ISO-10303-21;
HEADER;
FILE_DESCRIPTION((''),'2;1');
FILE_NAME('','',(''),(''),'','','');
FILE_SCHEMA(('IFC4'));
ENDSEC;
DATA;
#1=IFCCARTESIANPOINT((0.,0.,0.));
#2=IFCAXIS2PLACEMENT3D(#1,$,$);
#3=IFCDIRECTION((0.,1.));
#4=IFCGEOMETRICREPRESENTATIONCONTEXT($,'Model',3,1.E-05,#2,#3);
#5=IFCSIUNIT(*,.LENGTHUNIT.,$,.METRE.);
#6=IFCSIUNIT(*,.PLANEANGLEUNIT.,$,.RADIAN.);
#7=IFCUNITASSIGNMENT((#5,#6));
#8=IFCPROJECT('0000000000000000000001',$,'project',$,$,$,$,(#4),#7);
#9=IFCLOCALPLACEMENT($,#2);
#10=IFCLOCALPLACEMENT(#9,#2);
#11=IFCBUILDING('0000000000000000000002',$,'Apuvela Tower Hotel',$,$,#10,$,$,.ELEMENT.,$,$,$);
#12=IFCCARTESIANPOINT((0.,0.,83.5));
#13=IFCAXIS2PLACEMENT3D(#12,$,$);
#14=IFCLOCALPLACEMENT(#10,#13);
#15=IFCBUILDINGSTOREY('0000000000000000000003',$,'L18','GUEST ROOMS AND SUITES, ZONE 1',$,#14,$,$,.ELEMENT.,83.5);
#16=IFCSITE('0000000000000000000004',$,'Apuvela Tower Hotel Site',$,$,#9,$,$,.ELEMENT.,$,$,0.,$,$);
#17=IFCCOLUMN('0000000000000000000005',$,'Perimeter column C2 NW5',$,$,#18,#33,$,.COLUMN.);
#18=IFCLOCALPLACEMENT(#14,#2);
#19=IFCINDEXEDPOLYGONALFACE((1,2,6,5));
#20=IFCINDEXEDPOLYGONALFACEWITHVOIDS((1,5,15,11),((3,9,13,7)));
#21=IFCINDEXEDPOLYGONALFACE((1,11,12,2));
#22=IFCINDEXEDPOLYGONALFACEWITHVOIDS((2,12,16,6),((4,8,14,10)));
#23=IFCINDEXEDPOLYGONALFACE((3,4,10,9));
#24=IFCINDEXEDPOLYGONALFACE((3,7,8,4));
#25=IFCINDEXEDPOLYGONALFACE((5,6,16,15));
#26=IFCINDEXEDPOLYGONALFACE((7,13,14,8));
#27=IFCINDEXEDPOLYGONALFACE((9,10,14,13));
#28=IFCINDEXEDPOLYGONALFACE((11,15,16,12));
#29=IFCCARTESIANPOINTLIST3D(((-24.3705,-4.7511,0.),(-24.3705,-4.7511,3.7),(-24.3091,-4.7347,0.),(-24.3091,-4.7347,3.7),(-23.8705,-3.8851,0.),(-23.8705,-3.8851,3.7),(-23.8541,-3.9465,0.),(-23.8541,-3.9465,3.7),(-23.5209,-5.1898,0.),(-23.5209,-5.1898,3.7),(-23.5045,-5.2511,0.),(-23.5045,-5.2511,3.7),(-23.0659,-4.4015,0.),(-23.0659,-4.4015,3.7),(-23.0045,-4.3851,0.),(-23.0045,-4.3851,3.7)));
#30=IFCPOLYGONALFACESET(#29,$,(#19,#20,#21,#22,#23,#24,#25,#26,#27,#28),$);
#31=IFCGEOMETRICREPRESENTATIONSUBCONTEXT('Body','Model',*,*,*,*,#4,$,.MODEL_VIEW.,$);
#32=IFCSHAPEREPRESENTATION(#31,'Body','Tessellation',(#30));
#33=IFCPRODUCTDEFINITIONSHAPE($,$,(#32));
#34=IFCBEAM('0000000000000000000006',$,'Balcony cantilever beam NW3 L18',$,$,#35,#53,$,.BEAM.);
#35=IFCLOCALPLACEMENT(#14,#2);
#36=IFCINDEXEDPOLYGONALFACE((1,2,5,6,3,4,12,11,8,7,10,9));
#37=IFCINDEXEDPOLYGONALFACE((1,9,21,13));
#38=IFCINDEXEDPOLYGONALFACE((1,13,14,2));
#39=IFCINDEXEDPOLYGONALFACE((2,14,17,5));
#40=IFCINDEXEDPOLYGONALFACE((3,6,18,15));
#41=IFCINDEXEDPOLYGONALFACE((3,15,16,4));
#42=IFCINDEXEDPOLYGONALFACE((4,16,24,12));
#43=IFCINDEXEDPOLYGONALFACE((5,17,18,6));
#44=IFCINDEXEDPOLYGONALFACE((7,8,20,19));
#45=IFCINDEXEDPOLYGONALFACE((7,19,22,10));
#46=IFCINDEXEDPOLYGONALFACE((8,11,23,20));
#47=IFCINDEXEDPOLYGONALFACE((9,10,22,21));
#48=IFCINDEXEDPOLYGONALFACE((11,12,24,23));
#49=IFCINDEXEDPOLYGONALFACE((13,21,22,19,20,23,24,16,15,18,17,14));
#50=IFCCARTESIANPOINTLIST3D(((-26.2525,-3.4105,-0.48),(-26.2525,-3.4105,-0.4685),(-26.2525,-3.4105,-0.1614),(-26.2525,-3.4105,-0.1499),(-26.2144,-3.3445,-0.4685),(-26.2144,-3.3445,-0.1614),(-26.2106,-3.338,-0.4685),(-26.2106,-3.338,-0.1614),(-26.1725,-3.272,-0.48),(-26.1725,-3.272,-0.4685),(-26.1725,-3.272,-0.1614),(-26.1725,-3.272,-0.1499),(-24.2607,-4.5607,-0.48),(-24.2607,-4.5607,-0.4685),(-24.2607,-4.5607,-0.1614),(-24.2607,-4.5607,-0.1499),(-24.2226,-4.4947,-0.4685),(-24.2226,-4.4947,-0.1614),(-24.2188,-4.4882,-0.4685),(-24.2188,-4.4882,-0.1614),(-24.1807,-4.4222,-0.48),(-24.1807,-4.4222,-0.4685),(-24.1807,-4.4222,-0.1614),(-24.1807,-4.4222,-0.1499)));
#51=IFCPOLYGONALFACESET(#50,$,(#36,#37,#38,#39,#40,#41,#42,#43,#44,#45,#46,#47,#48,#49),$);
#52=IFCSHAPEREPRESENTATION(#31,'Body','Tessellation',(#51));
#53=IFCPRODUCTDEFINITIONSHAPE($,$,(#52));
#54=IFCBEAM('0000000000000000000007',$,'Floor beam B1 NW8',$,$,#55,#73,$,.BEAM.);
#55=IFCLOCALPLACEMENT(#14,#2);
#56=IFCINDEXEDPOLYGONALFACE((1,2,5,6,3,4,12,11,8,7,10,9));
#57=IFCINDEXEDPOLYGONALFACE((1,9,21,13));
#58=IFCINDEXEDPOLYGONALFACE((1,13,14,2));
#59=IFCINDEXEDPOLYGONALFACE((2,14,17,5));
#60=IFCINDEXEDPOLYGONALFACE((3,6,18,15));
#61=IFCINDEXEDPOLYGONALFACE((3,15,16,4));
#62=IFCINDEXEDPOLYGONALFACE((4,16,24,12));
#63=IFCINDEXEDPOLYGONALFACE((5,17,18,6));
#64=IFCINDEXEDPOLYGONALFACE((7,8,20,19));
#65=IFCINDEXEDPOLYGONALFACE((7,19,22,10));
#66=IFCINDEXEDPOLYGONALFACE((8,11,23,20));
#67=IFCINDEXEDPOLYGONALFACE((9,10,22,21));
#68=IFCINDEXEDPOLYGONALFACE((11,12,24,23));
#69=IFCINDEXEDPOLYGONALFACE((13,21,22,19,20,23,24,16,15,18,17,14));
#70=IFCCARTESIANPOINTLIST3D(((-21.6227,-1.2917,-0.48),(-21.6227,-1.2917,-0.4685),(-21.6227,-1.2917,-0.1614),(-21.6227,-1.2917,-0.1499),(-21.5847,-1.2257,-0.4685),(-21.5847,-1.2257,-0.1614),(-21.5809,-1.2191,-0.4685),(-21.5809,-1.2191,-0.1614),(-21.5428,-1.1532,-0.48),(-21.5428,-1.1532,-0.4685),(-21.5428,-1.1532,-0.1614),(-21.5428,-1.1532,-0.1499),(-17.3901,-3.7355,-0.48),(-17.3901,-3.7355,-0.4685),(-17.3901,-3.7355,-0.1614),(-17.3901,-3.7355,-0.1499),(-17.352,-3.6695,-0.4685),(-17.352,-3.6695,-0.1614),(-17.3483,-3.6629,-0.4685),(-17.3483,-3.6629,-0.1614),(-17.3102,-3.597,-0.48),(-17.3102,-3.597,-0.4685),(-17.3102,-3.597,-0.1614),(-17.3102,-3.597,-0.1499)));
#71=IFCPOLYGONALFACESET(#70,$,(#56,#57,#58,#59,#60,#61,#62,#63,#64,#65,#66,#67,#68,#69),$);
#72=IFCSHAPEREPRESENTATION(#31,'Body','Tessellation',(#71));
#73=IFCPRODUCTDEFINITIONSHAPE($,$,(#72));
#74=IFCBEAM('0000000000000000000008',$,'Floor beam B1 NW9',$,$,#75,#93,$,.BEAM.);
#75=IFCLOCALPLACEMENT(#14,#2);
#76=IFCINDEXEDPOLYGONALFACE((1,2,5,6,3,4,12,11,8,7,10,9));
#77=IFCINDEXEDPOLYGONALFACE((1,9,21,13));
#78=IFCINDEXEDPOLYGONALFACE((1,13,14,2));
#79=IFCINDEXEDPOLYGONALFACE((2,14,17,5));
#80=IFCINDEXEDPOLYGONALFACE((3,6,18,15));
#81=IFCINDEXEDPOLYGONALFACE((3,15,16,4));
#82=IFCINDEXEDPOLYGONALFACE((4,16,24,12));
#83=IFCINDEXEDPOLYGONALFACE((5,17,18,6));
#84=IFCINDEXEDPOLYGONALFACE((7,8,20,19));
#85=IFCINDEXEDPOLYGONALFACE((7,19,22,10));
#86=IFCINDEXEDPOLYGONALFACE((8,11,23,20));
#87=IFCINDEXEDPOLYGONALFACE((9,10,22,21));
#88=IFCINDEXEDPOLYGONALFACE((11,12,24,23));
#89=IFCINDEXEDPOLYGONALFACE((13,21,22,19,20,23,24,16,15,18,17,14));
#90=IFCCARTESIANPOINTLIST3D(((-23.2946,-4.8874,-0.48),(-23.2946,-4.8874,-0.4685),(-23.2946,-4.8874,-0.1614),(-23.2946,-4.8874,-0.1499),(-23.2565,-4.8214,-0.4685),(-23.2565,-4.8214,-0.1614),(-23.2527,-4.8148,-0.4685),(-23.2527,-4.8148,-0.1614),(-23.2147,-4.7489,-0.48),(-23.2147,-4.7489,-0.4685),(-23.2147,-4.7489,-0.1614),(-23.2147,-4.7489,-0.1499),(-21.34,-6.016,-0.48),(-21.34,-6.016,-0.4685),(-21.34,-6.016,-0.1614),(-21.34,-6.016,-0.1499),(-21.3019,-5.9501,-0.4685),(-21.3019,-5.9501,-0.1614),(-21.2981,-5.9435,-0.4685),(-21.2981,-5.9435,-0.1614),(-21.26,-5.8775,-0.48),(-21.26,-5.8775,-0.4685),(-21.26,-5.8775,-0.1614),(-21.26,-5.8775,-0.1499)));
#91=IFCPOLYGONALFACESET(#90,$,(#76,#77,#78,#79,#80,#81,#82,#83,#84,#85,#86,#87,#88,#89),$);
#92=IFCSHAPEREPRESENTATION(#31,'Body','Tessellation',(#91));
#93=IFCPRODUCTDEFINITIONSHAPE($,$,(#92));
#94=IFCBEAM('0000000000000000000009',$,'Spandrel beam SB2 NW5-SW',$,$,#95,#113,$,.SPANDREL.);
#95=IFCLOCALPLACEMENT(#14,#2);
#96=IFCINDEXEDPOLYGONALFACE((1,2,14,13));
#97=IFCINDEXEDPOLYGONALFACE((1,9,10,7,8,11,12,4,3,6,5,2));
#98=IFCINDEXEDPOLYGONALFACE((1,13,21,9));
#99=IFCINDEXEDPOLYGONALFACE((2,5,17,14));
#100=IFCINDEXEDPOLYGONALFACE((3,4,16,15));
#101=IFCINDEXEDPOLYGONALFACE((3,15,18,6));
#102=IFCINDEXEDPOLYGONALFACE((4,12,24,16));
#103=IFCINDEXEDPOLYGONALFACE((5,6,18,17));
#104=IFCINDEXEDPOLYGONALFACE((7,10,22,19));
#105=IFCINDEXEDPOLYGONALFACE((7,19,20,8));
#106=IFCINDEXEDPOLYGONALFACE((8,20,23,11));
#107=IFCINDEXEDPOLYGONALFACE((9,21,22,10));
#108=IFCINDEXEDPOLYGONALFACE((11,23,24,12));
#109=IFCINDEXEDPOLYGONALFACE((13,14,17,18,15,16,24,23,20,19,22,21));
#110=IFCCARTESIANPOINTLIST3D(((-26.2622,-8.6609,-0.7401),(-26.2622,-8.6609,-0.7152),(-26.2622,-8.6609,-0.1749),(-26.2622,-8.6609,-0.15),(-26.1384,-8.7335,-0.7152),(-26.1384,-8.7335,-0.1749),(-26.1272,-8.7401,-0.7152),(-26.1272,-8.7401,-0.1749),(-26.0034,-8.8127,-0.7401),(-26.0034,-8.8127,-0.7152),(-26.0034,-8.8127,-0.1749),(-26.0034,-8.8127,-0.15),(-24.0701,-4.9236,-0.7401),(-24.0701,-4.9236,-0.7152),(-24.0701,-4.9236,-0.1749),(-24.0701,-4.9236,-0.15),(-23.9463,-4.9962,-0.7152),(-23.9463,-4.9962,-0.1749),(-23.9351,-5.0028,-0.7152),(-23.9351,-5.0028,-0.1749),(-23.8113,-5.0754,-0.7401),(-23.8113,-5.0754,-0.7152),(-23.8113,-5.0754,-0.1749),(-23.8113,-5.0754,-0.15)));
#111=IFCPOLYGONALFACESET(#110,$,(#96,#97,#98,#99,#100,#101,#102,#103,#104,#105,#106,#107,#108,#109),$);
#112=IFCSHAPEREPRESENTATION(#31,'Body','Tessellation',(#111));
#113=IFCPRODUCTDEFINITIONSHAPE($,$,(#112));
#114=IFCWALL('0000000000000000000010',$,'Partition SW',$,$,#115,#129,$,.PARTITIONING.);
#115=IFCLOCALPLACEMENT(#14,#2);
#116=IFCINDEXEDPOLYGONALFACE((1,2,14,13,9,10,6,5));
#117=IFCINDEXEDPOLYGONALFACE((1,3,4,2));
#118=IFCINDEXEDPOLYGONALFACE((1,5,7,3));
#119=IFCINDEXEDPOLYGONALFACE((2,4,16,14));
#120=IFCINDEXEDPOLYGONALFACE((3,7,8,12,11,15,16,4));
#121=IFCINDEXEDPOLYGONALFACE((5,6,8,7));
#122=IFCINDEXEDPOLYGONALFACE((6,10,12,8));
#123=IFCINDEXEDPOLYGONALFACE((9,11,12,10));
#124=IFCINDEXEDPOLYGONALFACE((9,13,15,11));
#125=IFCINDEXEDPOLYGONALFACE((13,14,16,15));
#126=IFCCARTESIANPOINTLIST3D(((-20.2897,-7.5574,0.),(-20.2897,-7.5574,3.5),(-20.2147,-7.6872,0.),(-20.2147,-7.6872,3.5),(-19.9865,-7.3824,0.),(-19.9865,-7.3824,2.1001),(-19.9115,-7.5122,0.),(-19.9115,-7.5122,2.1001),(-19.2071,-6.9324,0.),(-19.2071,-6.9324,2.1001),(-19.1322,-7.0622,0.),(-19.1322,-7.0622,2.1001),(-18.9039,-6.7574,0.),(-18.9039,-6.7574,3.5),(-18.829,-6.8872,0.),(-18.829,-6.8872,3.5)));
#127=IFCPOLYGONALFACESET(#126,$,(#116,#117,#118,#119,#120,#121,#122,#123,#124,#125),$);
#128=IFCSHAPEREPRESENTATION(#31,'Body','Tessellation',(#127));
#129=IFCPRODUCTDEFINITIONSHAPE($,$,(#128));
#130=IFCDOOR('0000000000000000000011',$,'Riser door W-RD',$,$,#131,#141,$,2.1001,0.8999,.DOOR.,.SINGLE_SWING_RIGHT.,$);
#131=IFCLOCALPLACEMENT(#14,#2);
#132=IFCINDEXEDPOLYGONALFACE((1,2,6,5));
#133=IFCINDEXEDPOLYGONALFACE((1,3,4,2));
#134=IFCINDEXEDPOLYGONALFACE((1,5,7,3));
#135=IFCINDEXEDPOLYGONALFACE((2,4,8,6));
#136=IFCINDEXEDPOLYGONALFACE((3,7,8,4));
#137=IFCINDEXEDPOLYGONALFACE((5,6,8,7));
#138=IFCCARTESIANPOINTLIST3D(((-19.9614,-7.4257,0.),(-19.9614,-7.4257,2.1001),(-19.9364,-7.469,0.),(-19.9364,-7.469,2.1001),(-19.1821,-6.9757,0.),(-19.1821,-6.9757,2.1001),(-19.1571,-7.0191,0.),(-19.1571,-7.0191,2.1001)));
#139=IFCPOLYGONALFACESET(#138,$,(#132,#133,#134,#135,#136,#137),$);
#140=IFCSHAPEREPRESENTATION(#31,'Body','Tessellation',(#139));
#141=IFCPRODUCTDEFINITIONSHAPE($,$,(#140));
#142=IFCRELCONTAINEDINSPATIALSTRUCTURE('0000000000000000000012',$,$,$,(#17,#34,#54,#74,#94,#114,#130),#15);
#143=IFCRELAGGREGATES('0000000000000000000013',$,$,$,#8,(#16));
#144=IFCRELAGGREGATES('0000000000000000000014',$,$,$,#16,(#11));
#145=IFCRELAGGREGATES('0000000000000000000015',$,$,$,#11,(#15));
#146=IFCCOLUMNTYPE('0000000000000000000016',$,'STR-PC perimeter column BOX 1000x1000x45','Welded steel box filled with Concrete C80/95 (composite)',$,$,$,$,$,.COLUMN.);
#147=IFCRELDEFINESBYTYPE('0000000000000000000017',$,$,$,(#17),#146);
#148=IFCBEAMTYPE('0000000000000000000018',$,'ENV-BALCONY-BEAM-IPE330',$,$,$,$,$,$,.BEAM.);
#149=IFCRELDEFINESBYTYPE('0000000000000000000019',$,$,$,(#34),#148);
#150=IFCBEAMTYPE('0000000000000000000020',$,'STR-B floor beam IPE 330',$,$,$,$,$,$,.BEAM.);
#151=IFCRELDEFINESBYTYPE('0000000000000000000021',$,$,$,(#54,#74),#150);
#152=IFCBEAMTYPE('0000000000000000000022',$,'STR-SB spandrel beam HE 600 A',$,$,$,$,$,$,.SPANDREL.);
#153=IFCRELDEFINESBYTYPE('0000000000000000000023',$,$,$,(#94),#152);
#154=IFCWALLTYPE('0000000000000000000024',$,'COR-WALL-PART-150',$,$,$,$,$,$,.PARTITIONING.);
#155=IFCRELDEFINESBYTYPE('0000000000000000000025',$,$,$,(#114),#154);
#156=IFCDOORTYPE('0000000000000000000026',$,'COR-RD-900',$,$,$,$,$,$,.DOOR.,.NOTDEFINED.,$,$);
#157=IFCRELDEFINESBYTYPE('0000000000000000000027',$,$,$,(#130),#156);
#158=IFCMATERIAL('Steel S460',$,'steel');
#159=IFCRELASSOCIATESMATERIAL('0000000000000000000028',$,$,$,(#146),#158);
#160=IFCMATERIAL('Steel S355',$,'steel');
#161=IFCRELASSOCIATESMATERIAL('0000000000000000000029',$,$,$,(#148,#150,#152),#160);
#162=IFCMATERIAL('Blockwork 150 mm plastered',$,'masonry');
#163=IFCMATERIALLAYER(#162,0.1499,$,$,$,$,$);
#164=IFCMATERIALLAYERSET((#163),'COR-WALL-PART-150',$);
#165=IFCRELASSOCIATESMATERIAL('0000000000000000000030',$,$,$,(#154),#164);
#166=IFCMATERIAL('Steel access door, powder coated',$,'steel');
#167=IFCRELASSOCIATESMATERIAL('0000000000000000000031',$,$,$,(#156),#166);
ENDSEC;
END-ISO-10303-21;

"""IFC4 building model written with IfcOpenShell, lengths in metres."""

from ifc_helpers import new_model, si_unit, direction, frame, frame_2d, origin, origin_2d, place, context, subcontext, project, spatial, rectangle, hollow_rectangle, i_section, extrude, material, layer, layer_set, material_profile, profile_set, type_object, element, fill, save


model = new_model("IFC4")

# Units and contexts
model_context = context("Model", 3, precision=1e-05, world=origin(), true_north=direction((0.0, 1.0)))
body_context = subcontext(model_context, "Body", "Model", "MODEL_VIEW")
ifc_project = project(units=[si_unit("LENGTHUNIT", "METRE"), si_unit("PLANEANGLEUNIT", "RADIAN")], contexts=[model_context])

# Site, building, storey
site_placement = place(None, origin())
site = spatial("IfcSite", under=ifc_project, at=site_placement, Name="Apuvela Tower Hotel Site", CompositionType="ELEMENT", RefElevation=0.0)
building_placement = place(site_placement, origin())
building = spatial("IfcBuilding", under=site, at=building_placement, Name="Apuvela Tower Hotel", CompositionType="ELEMENT")
storey_placement = place(building_placement, frame((0.0, 0.0, 83.5)))
storey = spatial("IfcBuildingStorey", under=building, at=storey_placement, Name="L18", Description="GUEST ROOMS AND SUITES, ZONE 1", CompositionType="ELEMENT", Elevation=83.5)

# Column
ifc_material_1 = material(Name="Steel S460", Category="steel")
ifc_material_profile_1 = material_profile(ifc_material_1, hollow_rectangle(XDim=1.0, YDim=1.0, WallThickness=0.0449, at=origin_2d()), Name="BOX 1000x1000x45")
ifc_material_2 = material(Name="Concrete C80/95", Category="concrete")
ifc_material_profile_2 = material_profile(ifc_material_2, rectangle(XDim=0.9099, YDim=0.9099, at=origin_2d()), Name="Concrete C80/95 infill")
ifc_profile_set_1 = profile_set([ifc_material_profile_1, ifc_material_profile_2], Name="Steel S460")
column_type = type_object("IfcColumnType", Name="STR-PC perimeter column BOX 1000x1000x45", Description="Welded steel box filled with Concrete C80/95 (composite)", PredefinedType="COLUMN", material=ifc_profile_set_1)
column_placement = place(storey_placement, frame((-23.6875, -4.5681, 0.0), z_axis=(0.0, 0.0, 1.0), x_axis=(0.5, 0.866025, 0.0)))
element("IfcColumn", 1, at=column_placement, inside=storey, type_object=column_type, Name="Perimeter column C2 NW5", PredefinedType="COLUMN", context=body_context, shape_type="SweptSolid", body=[
    extrude(hollow_rectangle(XDim=1.0, YDim=1.0, WallThickness=0.0449, at=origin_2d()), origin(), (0.0, 0.0, 1.0), 3.7),
])

# Beams
ifc_material_3 = material(Name="Steel S355", Category="steel")
ifc_material_profile_3 = material_profile(ifc_material_3, i_section(OverallWidth=0.1599, OverallDepth=0.3301, WebThickness=0.0076, FlangeThickness=0.0115, at=origin_2d()), Name="IPE 330")
ifc_profile_set_2 = profile_set([ifc_material_profile_3], Name="Steel S355")
beam_type_1 = type_object("IfcBeamType", Name="ENV-BALCONY-BEAM-IPE330", PredefinedType="BEAM", material=ifc_profile_set_2)
beam_1_placement = place(storey_placement, frame((-24.2207, -4.4915, -0.3149), z_axis=(-0.865981, 0.500078, 0.0), x_axis=(-0.500078, -0.865981, 0.0)))
element("IfcBeam", 2, at=beam_1_placement, inside=storey, type_object=beam_type_1, Name="Balcony cantilever beam NW3 L18", PredefinedType="BEAM", context=body_context, shape_type="SweptSolid", body=[
    extrude(i_section(OverallWidth=0.1599, OverallDepth=0.3301, WebThickness=0.0076, FlangeThickness=0.0115, at=origin_2d()), origin(), (0.0, 0.0, 1.0), 2.3),
])
ifc_material_profile_4 = material_profile(ifc_material_3, i_section(OverallWidth=0.1599, OverallDepth=0.3301, WebThickness=0.0076, FlangeThickness=0.0115, at=origin_2d()), Name="IPE 330")
ifc_profile_set_3 = profile_set([ifc_material_profile_4], Name="Steel S355")
beam_type_2 = type_object("IfcBeamType", Name="STR-B floor beam IPE 330", PredefinedType="BEAM", material=ifc_profile_set_3)
beam_2_placement = place(storey_placement, frame((-21.5828, -1.2224, -0.3149), z_axis=(0.866015, -0.500018, 0.0), x_axis=(0.500018, 0.866015, 0.0)))
element("IfcBeam", 3, at=beam_2_placement, inside=storey, type_object=beam_type_2, Name="Floor beam B1 NW8", PredefinedType="BEAM", context=body_context, shape_type="SweptSolid", body=[
    extrude(i_section(OverallWidth=0.1599, OverallDepth=0.3301, WebThickness=0.0076, FlangeThickness=0.0115, at=origin_2d()), origin(), (0.0, 0.0, 1.0), 4.8875),
])
beam_3_placement = place(storey_placement, frame((-23.2546, -4.8181, -0.3149), z_axis=(0.865991, -0.50006, 0.0), x_axis=(0.50006, 0.865991, 0.0)))
element("IfcBeam", 4, at=beam_3_placement, inside=storey, type_object=beam_type_2, Name="Floor beam B1 NW9", PredefinedType="BEAM", context=body_context, shape_type="SweptSolid", body=[
    extrude(i_section(OverallWidth=0.1599, OverallDepth=0.3301, WebThickness=0.0076, FlangeThickness=0.0115, at=origin_2d()), origin(), (0.0, 0.0, 1.0), 2.2571),
])
ifc_material_profile_5 = material_profile(ifc_material_3, i_section(OverallWidth=0.3, OverallDepth=0.5901, WebThickness=0.0129, FlangeThickness=0.0249, at=origin_2d()), Name="HE 600 A")
ifc_profile_set_4 = profile_set([ifc_material_profile_5], Name="Steel S355")
beam_type_3 = type_object("IfcBeamType", Name="STR-SB spandrel beam HE 600 A", PredefinedType="SPANDREL", material=ifc_profile_set_4)
beam_4_placement = place(storey_placement, frame((-23.9407, -4.9995, -0.4451), z_axis=(-0.505944, -0.862567, 0.0), x_axis=(0.862567, -0.505944, 0.0)))
element("IfcBeam", 5, at=beam_4_placement, inside=storey, type_object=beam_type_3, Name="Spandrel beam SB2 NW5-SW", PredefinedType="SPANDREL", context=body_context, shape_type="SweptSolid", body=[
    extrude(i_section(OverallWidth=0.3, OverallDepth=0.5901, WebThickness=0.0129, FlangeThickness=0.0249, at=origin_2d()), origin(), (0.0, 0.0, 1.0), 4.3328),
])

# Wall, opening, door
ifc_material_4 = material(Name="Blockwork 150 mm plastered", Category="masonry")
ifc_layer_1 = layer(ifc_material_4, 0.1499)
ifc_layer_set_1 = layer_set([ifc_layer_1], Name="COR-WALL-PART-150")
wall_type_1 = type_object("IfcWallType", Name="COR-WALL-PART-150", PredefinedType="PARTITIONING", material=ifc_layer_set_1)
wall_1_placement = place(storey_placement, frame((-18.8665, -6.8223, 0.0), z_axis=(0.0, 0.0, 1.0), x_axis=(-0.866028, -0.499995, 0.0)))
wall_1 = element("IfcWall", 6, at=wall_1_placement, inside=storey, type_object=wall_type_1, Name="Partition SW", PredefinedType="PARTITIONING", context=body_context, shape_type="SweptSolid", body=[
    extrude(rectangle(XDim=1.6001, YDim=0.1499, at=frame_2d((0.8, 0.0))), origin(), (0.0, 0.0, 1.0), 3.5),
])
opening_1_placement = place(wall_1_placement, frame((0.3501, 0.0, 0.0)))
opening_1 = element("IfcOpeningElement", 7, at=opening_1_placement, cuts=wall_1, PredefinedType="OPENING", context=body_context, shape_type="SweptSolid", body=[
    extrude(rectangle(XDim=0.8999, YDim=2.1001, at=frame_2d((0.45, 1.05))), frame((0.0, 0.085, 0.0), z_axis=(0.0, -1.0, 0.0), x_axis=(1.0, 0.0, 0.0)), (0.0, 0.0, 1.0), 0.1699),
])
ifc_material_5 = material(Name="Steel access door, powder coated", Category="steel")
door_type_1 = type_object("IfcDoorType", Name="COR-RD-900", OperationType="NOTDEFINED", PredefinedType="DOOR", material=ifc_material_5)
door_1_placement = place(opening_1_placement, frame((0.8999, 0.0, 0.0), z_axis=(0.0, 0.0, 1.0), x_axis=(-1.0, 0.0, 0.0)))
door_1 = element("IfcDoor", 8, at=door_1_placement, inside=storey, type_object=door_type_1, Name="Riser door W-RD", OperationType="SINGLE_SWING_RIGHT", OverallHeight=2.1001, OverallWidth=0.8999, PredefinedType="DOOR", context=body_context, shape_type="SweptSolid", body=[
    extrude(rectangle(XDim=0.8999, YDim=2.1001, at=frame_2d((0.45, 1.05))), frame((0.0, 0.0249, 0.0), z_axis=(0.0, -1.0, 0.0), x_axis=(1.0, 0.0, 0.0)), (0.0, 0.0, 1.0), 0.05),
])
fill(opening_1, door_1)

save(model, "model.ifc")
